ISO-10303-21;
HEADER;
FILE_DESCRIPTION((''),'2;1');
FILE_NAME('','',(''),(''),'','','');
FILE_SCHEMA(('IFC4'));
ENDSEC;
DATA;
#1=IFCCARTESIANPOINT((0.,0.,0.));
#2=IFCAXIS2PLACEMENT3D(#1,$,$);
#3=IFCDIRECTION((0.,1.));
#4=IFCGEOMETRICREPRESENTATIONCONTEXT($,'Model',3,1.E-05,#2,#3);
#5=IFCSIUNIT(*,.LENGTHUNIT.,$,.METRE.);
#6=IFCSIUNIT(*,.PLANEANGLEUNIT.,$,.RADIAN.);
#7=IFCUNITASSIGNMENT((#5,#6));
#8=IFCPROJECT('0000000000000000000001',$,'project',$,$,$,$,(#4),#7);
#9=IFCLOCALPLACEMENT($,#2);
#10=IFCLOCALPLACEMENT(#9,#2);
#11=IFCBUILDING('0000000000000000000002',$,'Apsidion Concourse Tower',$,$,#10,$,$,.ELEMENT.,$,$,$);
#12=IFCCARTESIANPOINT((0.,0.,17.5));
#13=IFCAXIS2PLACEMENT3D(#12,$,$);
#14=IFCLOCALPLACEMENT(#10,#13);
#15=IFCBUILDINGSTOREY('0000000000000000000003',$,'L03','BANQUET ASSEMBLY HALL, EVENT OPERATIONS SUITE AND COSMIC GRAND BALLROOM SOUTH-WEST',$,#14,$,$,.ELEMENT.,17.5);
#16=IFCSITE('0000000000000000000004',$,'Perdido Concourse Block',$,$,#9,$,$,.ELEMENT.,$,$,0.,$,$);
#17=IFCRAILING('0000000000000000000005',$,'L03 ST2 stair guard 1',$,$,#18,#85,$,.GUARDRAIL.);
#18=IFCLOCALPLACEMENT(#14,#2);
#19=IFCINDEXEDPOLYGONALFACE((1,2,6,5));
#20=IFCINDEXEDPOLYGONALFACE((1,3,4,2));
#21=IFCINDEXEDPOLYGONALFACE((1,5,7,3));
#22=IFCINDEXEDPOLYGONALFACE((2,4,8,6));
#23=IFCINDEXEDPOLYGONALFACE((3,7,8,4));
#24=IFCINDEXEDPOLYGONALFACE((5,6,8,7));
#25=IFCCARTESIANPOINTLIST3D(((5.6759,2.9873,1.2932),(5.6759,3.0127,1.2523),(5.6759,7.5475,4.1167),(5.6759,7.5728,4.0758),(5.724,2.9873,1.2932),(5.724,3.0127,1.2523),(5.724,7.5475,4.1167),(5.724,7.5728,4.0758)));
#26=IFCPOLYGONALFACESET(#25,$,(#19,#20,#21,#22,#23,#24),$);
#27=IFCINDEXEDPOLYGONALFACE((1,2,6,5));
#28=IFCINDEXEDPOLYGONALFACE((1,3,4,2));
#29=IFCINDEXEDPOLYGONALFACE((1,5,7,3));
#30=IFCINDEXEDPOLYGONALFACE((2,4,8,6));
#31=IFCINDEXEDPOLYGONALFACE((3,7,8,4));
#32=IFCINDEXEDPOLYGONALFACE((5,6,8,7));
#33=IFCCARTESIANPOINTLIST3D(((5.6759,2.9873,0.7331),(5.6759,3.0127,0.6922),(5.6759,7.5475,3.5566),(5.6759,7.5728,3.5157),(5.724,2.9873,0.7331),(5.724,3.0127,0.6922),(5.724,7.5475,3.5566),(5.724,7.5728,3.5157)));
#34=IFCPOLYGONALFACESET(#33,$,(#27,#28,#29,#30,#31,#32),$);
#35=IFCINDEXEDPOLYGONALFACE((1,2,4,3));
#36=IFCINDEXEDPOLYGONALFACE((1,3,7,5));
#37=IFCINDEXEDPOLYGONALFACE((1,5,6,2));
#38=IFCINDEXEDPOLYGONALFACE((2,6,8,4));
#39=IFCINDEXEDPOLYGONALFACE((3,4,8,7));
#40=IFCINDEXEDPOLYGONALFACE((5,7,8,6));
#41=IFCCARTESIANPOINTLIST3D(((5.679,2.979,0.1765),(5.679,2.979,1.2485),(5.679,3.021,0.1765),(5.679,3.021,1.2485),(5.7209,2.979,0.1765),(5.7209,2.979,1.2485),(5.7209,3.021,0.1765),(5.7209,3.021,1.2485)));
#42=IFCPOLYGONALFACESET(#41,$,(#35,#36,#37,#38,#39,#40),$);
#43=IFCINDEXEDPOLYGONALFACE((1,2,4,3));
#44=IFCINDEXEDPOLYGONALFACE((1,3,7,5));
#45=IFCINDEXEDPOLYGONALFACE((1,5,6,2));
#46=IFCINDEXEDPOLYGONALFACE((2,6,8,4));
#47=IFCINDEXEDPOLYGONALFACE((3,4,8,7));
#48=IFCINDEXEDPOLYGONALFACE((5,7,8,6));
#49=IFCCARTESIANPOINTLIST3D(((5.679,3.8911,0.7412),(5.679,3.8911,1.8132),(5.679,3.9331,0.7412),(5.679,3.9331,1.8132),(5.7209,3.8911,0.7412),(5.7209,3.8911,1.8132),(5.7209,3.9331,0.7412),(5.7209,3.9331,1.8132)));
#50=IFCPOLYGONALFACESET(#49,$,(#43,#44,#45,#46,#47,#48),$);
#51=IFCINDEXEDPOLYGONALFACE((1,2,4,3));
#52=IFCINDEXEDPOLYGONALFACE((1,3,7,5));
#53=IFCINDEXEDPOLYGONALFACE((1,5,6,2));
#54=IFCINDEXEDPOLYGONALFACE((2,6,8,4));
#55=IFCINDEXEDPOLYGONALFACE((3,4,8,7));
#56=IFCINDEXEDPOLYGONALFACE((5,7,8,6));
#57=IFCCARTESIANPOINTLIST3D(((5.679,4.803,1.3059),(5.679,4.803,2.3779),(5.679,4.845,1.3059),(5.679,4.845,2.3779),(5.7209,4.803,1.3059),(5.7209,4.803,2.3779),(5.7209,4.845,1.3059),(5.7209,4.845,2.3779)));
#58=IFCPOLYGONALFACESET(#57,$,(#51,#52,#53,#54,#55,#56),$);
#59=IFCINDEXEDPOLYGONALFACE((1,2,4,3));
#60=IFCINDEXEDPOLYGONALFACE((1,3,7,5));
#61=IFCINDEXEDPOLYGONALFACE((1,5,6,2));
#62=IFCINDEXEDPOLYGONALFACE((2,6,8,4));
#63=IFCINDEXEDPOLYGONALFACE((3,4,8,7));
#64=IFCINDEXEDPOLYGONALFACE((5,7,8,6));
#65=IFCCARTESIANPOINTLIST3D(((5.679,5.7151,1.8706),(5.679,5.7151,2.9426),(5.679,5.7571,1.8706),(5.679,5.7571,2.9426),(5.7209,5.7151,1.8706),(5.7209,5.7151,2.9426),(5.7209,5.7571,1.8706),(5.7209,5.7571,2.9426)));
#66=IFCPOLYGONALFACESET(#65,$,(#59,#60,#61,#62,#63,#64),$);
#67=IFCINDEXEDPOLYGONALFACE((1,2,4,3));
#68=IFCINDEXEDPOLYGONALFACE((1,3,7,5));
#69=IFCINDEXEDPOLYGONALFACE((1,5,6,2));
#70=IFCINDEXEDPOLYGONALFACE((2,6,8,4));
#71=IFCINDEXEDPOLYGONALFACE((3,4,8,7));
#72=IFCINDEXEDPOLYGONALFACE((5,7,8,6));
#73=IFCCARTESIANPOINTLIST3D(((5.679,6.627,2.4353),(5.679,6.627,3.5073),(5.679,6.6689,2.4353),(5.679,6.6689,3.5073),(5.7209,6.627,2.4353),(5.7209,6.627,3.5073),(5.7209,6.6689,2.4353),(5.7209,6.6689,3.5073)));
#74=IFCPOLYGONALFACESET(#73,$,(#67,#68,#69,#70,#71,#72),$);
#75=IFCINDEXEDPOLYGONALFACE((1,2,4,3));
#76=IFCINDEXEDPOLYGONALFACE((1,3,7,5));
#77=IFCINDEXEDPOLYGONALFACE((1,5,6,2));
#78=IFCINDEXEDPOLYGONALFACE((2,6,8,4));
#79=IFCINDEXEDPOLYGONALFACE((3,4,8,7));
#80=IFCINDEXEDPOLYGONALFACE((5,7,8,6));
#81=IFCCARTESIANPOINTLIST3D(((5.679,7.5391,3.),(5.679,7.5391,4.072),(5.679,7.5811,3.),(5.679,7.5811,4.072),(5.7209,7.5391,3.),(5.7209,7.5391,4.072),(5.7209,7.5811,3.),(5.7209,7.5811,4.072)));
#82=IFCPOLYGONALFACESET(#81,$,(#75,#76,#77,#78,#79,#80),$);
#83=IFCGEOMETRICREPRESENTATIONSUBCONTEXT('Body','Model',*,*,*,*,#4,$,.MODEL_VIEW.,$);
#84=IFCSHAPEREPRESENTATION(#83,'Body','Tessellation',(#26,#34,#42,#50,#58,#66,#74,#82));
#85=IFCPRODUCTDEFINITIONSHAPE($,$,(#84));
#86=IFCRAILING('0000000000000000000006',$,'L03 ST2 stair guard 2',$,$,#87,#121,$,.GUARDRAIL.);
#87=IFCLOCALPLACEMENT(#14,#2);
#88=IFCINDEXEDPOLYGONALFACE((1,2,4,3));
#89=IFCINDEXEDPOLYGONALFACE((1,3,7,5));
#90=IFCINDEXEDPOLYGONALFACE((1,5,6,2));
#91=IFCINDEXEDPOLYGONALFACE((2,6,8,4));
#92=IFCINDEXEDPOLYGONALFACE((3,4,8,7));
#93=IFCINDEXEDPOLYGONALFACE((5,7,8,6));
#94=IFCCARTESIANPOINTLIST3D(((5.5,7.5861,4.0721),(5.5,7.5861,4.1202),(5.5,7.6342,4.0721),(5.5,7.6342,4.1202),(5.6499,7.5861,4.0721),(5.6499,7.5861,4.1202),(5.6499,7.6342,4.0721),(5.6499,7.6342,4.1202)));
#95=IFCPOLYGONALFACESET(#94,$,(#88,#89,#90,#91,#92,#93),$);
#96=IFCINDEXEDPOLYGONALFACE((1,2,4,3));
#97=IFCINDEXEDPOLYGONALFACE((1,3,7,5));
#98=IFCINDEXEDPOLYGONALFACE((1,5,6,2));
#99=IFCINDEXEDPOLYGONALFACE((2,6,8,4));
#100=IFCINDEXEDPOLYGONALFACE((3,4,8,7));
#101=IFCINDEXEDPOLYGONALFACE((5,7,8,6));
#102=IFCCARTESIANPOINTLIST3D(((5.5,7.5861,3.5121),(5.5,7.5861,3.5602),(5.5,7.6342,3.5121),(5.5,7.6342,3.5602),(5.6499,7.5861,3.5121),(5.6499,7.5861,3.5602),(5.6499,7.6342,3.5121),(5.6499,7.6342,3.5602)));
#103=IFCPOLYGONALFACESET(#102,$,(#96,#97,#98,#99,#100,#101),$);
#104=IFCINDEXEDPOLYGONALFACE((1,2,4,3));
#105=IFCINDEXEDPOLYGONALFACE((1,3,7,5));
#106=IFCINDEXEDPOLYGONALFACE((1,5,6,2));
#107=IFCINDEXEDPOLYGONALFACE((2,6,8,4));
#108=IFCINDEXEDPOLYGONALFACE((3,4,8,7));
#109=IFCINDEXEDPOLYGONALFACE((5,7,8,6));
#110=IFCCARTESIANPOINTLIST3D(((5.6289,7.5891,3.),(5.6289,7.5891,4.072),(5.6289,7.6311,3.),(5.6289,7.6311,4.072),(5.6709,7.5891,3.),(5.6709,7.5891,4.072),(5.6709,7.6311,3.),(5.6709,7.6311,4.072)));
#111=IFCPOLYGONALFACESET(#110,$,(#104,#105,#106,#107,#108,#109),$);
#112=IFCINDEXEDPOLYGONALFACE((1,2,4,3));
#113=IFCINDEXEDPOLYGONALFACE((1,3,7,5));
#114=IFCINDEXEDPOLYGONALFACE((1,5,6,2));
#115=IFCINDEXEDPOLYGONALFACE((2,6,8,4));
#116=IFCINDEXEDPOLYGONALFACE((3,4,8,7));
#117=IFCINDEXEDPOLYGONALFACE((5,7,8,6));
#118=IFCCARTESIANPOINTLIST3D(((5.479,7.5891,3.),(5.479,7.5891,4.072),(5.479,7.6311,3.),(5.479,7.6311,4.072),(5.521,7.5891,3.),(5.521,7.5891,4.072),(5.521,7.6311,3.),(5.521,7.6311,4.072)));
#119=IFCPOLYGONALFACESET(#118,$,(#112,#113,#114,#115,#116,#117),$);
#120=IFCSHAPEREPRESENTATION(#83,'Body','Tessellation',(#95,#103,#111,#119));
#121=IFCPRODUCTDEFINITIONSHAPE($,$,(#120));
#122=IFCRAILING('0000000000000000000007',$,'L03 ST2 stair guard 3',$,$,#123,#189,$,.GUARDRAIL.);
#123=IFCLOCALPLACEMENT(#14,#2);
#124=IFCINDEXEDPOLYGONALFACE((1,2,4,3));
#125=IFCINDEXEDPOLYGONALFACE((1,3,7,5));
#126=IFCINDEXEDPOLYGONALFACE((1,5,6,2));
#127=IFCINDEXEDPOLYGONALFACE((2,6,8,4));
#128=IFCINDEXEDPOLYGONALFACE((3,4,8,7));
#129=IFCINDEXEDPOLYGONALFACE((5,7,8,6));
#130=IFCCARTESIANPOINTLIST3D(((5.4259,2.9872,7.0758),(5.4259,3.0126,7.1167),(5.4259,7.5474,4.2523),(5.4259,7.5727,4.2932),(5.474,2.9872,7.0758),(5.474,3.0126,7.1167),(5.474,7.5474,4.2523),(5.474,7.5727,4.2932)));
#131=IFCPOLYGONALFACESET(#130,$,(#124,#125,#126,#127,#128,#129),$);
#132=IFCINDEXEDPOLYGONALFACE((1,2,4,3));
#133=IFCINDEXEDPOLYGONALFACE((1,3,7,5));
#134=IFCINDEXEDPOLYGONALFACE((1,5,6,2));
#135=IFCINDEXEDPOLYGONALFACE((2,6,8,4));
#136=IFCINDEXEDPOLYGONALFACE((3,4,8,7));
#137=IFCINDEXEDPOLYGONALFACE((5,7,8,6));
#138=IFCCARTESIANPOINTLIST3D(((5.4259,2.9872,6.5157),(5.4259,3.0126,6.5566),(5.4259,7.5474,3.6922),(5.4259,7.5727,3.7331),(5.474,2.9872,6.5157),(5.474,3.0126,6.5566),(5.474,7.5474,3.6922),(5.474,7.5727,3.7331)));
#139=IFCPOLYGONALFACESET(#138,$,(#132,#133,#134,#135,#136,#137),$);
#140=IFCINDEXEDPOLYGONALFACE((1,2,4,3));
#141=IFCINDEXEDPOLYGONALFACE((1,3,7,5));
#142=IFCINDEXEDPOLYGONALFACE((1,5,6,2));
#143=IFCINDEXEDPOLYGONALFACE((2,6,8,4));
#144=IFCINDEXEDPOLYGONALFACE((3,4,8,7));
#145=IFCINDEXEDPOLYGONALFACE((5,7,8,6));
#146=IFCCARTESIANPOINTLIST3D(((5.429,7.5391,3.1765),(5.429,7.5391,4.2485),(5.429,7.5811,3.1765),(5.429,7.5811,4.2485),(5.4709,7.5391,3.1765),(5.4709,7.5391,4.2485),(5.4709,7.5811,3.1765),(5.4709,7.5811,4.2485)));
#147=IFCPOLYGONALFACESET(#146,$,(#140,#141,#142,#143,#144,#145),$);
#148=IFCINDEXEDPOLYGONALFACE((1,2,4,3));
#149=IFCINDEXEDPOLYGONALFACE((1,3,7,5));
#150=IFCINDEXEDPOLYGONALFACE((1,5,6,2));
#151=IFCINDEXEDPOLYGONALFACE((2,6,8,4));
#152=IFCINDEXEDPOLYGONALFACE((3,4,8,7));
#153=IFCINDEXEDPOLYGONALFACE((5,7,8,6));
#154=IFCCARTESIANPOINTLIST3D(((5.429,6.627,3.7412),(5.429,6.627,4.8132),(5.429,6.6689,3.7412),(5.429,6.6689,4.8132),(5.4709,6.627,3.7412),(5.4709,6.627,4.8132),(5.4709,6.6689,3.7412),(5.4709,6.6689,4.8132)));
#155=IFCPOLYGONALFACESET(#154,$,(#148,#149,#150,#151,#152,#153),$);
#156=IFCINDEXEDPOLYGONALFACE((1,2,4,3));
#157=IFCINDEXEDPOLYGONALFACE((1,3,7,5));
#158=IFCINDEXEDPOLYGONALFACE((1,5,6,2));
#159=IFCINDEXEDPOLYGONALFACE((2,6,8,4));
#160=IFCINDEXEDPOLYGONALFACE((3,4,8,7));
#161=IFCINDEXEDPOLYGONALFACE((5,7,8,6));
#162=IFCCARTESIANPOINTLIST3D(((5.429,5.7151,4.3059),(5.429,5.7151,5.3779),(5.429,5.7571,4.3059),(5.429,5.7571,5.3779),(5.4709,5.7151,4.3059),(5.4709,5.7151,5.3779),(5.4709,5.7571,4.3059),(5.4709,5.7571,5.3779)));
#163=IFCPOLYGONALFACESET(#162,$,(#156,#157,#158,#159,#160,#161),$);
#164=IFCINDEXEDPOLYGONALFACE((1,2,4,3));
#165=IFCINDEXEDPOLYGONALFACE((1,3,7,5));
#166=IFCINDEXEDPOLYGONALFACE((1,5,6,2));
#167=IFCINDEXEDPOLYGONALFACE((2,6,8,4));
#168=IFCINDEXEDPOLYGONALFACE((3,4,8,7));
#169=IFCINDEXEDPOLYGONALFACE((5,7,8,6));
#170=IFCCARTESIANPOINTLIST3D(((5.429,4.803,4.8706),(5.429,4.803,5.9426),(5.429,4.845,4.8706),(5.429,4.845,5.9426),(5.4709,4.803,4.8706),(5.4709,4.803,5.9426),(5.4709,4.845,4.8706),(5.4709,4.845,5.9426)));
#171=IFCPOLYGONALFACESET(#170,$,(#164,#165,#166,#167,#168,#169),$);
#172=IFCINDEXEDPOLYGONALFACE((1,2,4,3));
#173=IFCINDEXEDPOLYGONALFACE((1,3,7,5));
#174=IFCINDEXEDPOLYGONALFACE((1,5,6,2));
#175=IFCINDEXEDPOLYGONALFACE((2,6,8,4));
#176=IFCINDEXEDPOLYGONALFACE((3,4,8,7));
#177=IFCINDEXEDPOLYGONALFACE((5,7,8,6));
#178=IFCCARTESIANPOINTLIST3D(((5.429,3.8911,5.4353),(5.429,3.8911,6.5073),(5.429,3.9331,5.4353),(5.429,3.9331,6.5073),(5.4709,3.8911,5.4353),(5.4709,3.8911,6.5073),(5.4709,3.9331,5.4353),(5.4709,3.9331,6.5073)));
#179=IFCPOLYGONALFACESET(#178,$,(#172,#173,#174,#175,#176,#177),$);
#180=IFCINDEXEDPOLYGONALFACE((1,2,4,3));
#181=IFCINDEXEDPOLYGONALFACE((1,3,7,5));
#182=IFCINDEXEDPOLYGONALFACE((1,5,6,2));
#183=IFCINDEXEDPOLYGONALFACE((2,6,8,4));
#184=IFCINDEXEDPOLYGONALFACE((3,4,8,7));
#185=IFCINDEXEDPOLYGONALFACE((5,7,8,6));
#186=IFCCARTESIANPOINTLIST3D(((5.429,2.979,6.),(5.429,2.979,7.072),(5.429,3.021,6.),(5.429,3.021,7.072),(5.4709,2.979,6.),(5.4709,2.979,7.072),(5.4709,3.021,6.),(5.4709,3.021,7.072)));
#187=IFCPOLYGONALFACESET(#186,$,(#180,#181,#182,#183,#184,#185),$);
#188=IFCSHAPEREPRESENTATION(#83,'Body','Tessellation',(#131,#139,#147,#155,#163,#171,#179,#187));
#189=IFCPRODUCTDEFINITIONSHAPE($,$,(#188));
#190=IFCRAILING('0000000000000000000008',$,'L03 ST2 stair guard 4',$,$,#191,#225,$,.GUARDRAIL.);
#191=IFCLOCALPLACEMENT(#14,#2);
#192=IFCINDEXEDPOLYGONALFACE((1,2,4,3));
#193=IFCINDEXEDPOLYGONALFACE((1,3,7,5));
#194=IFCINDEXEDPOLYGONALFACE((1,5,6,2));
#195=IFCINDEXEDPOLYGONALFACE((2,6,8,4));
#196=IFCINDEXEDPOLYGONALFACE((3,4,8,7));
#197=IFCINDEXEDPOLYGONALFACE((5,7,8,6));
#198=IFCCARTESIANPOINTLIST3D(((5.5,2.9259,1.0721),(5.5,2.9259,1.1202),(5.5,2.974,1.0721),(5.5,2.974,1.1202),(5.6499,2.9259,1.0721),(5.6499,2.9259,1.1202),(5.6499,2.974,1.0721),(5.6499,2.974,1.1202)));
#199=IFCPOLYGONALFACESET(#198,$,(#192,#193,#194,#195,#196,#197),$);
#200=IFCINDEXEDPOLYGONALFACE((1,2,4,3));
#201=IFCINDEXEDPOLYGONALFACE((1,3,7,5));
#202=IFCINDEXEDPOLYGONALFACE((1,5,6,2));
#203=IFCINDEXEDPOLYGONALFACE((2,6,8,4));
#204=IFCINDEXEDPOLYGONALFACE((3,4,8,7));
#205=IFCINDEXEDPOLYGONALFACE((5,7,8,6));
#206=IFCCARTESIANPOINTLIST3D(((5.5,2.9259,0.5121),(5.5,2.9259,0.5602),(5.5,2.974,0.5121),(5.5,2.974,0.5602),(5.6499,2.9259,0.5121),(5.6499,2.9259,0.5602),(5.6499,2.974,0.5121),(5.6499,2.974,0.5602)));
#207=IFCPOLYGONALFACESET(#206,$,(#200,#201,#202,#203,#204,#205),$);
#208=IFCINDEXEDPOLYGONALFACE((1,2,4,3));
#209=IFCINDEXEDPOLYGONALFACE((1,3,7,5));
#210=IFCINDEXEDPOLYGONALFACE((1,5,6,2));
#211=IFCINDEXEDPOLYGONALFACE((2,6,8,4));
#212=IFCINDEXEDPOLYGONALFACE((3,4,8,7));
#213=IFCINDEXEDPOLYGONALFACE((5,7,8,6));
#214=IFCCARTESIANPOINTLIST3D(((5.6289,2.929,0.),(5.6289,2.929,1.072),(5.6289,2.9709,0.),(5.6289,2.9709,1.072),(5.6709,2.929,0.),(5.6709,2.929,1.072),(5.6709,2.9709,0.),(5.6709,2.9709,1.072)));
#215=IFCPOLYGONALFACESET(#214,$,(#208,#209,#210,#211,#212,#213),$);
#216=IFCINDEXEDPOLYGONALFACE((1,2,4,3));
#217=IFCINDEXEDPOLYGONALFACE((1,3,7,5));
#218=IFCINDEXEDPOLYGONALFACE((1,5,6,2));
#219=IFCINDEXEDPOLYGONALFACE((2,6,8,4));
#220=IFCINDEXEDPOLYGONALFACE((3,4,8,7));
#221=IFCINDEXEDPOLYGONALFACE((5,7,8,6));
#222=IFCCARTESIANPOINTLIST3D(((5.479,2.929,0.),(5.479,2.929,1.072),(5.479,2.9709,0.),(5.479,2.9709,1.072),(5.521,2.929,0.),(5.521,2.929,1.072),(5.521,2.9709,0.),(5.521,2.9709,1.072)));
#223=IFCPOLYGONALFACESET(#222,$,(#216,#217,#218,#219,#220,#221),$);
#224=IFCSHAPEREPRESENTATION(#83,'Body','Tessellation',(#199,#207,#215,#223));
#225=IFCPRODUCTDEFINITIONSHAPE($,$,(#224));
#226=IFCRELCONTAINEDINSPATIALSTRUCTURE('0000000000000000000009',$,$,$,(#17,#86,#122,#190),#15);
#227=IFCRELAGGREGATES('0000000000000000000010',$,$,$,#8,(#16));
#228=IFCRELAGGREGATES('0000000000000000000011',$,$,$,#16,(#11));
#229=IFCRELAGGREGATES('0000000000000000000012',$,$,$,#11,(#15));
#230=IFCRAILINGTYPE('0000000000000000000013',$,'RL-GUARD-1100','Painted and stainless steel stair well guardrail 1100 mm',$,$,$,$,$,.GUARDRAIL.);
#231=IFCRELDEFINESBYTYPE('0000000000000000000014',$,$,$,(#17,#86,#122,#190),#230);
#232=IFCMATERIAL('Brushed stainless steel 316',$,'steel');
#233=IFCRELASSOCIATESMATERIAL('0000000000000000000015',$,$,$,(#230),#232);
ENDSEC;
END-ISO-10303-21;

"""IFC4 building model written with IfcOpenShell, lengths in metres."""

from ifc_helpers import new_model, si_unit, direction, frame, origin, origin_2d, place, context, subcontext, project, spatial, rectangle, extrude, material, type_object, element, save


model = new_model("IFC4")

# Units and contexts
model_context = context("Model", 3, precision=1e-05, world=origin(), true_north=direction((0.0, 1.0)))
body_context = subcontext(model_context, "Body", "Model", "MODEL_VIEW")
ifc_project = project(units=[si_unit("LENGTHUNIT", "METRE"), si_unit("PLANEANGLEUNIT", "RADIAN")], contexts=[model_context])

# Site, building, storey
site_placement = place(None, origin())
site = spatial("IfcSite", under=ifc_project, at=site_placement, Name="Perdido Concourse Block", CompositionType="ELEMENT", RefElevation=0.0)
building_placement = place(site_placement, origin())
building = spatial("IfcBuilding", under=site, at=building_placement, Name="Apsidion Concourse Tower", CompositionType="ELEMENT")
storey_placement = place(building_placement, frame((0.0, 0.0, 17.5)))
storey = spatial("IfcBuildingStorey", under=building, at=storey_placement, Name="L03", Description="BANQUET ASSEMBLY HALL, EVENT OPERATIONS SUITE AND COSMIC GRAND BALLROOM SOUTH-WEST", CompositionType="ELEMENT", Elevation=17.5)

# Shared definitions
ifc_material_1 = material(Name="Brushed stainless steel 316", Category="steel")

# Railings
railing_type_1 = type_object("IfcRailingType", Name="RL-GUARD-1100", Description="Painted and stainless steel stair well guardrail 1100 mm", PredefinedType="GUARDRAIL", material=ifc_material_1)
railing_1_placement = place(storey_placement, frame((5.7, 3.0, 0.1765)))
element("IfcRailing", 1, at=railing_1_placement, inside=storey, type_object=railing_type_1, Name="L03 ST2 stair guard 1", PredefinedType="GUARDRAIL", context=body_context, shape_type="SweptSolid", body=[
    extrude(rectangle(XDim=0.0481, YDim=0.0481, at=origin_2d()), frame((0.0, 0.0, 1.0962), z_axis=(0.0, 0.850216, 0.526435), x_axis=(-1.0, 0.0, 0.0)), (0.0, 0.0, 1.0), 5.3635),
    extrude(rectangle(XDim=0.0481, YDim=0.0481, at=origin_2d()), frame((0.0, 0.0, 0.5361), z_axis=(0.0, 0.850216, 0.526435), x_axis=(-1.0, 0.0, 0.0)), (0.0, 0.0, 1.0), 5.3635),
    extrude(rectangle(XDim=0.042, YDim=0.042, at=origin_2d()), origin(), (0.0, 0.0, 1.0), 1.072),
    extrude(rectangle(XDim=0.042, YDim=0.042, at=origin_2d()), frame((0.0, 0.9121, 0.5647)), (0.0, 0.0, 1.0), 1.072),
    extrude(rectangle(XDim=0.042, YDim=0.042, at=origin_2d()), frame((0.0, 1.824, 1.1294)), (0.0, 0.0, 1.0), 1.072),
    extrude(rectangle(XDim=0.042, YDim=0.042, at=origin_2d()), frame((0.0, 2.7361, 1.6941)), (0.0, 0.0, 1.0), 1.072),
    extrude(rectangle(XDim=0.042, YDim=0.042, at=origin_2d()), frame((0.0, 3.6479, 2.2588)), (0.0, 0.0, 1.0), 1.072),
    extrude(rectangle(XDim=0.042, YDim=0.042, at=origin_2d()), frame((0.0, 4.5601, 2.8235)), (0.0, 0.0, 1.0), 1.072),
])
railing_2_placement = place(storey_placement, frame((5.6499, 7.6101, 3.0)))
element("IfcRailing", 2, at=railing_2_placement, inside=storey, type_object=railing_type_1, Name="L03 ST2 stair guard 2", PredefinedType="GUARDRAIL", context=body_context, shape_type="SweptSolid", body=[
    extrude(rectangle(XDim=0.0481, YDim=0.0481, at=origin_2d()), frame((0.0, 0.0, 1.0962), z_axis=(-1.0, 0.0, 0.0), x_axis=(0.0, -1.0, 0.0)), (0.0, 0.0, 1.0), 0.1499),
    extrude(rectangle(XDim=0.0481, YDim=0.0481, at=origin_2d()), frame((0.0, 0.0, 0.5361), z_axis=(-1.0, 0.0, 0.0), x_axis=(0.0, -1.0, 0.0)), (0.0, 0.0, 1.0), 0.1499),
    extrude(rectangle(XDim=0.042, YDim=0.042, at=origin_2d()), origin(), (0.0, 0.0, 1.0), 1.072),
    extrude(rectangle(XDim=0.042, YDim=0.042, at=origin_2d()), frame((-0.1499, 0.0, 0.0)), (0.0, 0.0, 1.0), 1.072),
])
railing_3_placement = place(storey_placement, frame((5.45, 7.5601, 3.1765)))
element("IfcRailing", 3, at=railing_3_placement, inside=storey, type_object=railing_type_1, Name="L03 ST2 stair guard 3", PredefinedType="GUARDRAIL", context=body_context, shape_type="SweptSolid", body=[
    extrude(rectangle(XDim=0.0481, YDim=0.0481, at=origin_2d()), frame((0.0, 0.0, 1.0962), z_axis=(0.0, -0.850216, 0.526435), x_axis=(1.0, 0.0, 0.0)), (0.0, 0.0, 1.0), 5.3635),
    extrude(rectangle(XDim=0.0481, YDim=0.0481, at=origin_2d()), frame((0.0, 0.0, 0.5361), z_axis=(0.0, -0.850216, 0.526435), x_axis=(1.0, 0.0, 0.0)), (0.0, 0.0, 1.0), 5.3635),
    extrude(rectangle(XDim=0.042, YDim=0.042, at=origin_2d()), origin(), (0.0, 0.0, 1.0), 1.072),
    extrude(rectangle(XDim=0.042, YDim=0.042, at=origin_2d()), frame((0.0, -0.9121, 0.5647)), (0.0, 0.0, 1.0), 1.072),
    extrude(rectangle(XDim=0.042, YDim=0.042, at=origin_2d()), frame((0.0, -1.824, 1.1294)), (0.0, 0.0, 1.0), 1.072),
    extrude(rectangle(XDim=0.042, YDim=0.042, at=origin_2d()), frame((0.0, -2.7361, 1.6941)), (0.0, 0.0, 1.0), 1.072),
    extrude(rectangle(XDim=0.042, YDim=0.042, at=origin_2d()), frame((0.0, -3.6479, 2.2588)), (0.0, 0.0, 1.0), 1.072),
    extrude(rectangle(XDim=0.042, YDim=0.042, at=origin_2d()), frame((0.0, -4.5601, 2.8235)), (0.0, 0.0, 1.0), 1.072),
])
railing_4_placement = place(storey_placement, frame((5.6499, 2.95, 0.0)))
element("IfcRailing", 4, at=railing_4_placement, inside=storey, type_object=railing_type_1, Name="L03 ST2 stair guard 4", PredefinedType="GUARDRAIL", context=body_context, shape_type="SweptSolid", body=[
    extrude(rectangle(XDim=0.0481, YDim=0.0481, at=origin_2d()), frame((0.0, 0.0, 1.0962), z_axis=(-1.0, 0.0, 0.0), x_axis=(0.0, -1.0, 0.0)), (0.0, 0.0, 1.0), 0.1499),
    extrude(rectangle(XDim=0.0481, YDim=0.0481, at=origin_2d()), frame((0.0, 0.0, 0.5361), z_axis=(-1.0, 0.0, 0.0), x_axis=(0.0, -1.0, 0.0)), (0.0, 0.0, 1.0), 0.1499),
    extrude(rectangle(XDim=0.042, YDim=0.042, at=origin_2d()), origin(), (0.0, 0.0, 1.0), 1.072),
    extrude(rectangle(XDim=0.042, YDim=0.042, at=origin_2d()), frame((-0.1499, 0.0, 0.0)), (0.0, 0.0, 1.0), 1.072),
])

save(model, "model.ifc")
